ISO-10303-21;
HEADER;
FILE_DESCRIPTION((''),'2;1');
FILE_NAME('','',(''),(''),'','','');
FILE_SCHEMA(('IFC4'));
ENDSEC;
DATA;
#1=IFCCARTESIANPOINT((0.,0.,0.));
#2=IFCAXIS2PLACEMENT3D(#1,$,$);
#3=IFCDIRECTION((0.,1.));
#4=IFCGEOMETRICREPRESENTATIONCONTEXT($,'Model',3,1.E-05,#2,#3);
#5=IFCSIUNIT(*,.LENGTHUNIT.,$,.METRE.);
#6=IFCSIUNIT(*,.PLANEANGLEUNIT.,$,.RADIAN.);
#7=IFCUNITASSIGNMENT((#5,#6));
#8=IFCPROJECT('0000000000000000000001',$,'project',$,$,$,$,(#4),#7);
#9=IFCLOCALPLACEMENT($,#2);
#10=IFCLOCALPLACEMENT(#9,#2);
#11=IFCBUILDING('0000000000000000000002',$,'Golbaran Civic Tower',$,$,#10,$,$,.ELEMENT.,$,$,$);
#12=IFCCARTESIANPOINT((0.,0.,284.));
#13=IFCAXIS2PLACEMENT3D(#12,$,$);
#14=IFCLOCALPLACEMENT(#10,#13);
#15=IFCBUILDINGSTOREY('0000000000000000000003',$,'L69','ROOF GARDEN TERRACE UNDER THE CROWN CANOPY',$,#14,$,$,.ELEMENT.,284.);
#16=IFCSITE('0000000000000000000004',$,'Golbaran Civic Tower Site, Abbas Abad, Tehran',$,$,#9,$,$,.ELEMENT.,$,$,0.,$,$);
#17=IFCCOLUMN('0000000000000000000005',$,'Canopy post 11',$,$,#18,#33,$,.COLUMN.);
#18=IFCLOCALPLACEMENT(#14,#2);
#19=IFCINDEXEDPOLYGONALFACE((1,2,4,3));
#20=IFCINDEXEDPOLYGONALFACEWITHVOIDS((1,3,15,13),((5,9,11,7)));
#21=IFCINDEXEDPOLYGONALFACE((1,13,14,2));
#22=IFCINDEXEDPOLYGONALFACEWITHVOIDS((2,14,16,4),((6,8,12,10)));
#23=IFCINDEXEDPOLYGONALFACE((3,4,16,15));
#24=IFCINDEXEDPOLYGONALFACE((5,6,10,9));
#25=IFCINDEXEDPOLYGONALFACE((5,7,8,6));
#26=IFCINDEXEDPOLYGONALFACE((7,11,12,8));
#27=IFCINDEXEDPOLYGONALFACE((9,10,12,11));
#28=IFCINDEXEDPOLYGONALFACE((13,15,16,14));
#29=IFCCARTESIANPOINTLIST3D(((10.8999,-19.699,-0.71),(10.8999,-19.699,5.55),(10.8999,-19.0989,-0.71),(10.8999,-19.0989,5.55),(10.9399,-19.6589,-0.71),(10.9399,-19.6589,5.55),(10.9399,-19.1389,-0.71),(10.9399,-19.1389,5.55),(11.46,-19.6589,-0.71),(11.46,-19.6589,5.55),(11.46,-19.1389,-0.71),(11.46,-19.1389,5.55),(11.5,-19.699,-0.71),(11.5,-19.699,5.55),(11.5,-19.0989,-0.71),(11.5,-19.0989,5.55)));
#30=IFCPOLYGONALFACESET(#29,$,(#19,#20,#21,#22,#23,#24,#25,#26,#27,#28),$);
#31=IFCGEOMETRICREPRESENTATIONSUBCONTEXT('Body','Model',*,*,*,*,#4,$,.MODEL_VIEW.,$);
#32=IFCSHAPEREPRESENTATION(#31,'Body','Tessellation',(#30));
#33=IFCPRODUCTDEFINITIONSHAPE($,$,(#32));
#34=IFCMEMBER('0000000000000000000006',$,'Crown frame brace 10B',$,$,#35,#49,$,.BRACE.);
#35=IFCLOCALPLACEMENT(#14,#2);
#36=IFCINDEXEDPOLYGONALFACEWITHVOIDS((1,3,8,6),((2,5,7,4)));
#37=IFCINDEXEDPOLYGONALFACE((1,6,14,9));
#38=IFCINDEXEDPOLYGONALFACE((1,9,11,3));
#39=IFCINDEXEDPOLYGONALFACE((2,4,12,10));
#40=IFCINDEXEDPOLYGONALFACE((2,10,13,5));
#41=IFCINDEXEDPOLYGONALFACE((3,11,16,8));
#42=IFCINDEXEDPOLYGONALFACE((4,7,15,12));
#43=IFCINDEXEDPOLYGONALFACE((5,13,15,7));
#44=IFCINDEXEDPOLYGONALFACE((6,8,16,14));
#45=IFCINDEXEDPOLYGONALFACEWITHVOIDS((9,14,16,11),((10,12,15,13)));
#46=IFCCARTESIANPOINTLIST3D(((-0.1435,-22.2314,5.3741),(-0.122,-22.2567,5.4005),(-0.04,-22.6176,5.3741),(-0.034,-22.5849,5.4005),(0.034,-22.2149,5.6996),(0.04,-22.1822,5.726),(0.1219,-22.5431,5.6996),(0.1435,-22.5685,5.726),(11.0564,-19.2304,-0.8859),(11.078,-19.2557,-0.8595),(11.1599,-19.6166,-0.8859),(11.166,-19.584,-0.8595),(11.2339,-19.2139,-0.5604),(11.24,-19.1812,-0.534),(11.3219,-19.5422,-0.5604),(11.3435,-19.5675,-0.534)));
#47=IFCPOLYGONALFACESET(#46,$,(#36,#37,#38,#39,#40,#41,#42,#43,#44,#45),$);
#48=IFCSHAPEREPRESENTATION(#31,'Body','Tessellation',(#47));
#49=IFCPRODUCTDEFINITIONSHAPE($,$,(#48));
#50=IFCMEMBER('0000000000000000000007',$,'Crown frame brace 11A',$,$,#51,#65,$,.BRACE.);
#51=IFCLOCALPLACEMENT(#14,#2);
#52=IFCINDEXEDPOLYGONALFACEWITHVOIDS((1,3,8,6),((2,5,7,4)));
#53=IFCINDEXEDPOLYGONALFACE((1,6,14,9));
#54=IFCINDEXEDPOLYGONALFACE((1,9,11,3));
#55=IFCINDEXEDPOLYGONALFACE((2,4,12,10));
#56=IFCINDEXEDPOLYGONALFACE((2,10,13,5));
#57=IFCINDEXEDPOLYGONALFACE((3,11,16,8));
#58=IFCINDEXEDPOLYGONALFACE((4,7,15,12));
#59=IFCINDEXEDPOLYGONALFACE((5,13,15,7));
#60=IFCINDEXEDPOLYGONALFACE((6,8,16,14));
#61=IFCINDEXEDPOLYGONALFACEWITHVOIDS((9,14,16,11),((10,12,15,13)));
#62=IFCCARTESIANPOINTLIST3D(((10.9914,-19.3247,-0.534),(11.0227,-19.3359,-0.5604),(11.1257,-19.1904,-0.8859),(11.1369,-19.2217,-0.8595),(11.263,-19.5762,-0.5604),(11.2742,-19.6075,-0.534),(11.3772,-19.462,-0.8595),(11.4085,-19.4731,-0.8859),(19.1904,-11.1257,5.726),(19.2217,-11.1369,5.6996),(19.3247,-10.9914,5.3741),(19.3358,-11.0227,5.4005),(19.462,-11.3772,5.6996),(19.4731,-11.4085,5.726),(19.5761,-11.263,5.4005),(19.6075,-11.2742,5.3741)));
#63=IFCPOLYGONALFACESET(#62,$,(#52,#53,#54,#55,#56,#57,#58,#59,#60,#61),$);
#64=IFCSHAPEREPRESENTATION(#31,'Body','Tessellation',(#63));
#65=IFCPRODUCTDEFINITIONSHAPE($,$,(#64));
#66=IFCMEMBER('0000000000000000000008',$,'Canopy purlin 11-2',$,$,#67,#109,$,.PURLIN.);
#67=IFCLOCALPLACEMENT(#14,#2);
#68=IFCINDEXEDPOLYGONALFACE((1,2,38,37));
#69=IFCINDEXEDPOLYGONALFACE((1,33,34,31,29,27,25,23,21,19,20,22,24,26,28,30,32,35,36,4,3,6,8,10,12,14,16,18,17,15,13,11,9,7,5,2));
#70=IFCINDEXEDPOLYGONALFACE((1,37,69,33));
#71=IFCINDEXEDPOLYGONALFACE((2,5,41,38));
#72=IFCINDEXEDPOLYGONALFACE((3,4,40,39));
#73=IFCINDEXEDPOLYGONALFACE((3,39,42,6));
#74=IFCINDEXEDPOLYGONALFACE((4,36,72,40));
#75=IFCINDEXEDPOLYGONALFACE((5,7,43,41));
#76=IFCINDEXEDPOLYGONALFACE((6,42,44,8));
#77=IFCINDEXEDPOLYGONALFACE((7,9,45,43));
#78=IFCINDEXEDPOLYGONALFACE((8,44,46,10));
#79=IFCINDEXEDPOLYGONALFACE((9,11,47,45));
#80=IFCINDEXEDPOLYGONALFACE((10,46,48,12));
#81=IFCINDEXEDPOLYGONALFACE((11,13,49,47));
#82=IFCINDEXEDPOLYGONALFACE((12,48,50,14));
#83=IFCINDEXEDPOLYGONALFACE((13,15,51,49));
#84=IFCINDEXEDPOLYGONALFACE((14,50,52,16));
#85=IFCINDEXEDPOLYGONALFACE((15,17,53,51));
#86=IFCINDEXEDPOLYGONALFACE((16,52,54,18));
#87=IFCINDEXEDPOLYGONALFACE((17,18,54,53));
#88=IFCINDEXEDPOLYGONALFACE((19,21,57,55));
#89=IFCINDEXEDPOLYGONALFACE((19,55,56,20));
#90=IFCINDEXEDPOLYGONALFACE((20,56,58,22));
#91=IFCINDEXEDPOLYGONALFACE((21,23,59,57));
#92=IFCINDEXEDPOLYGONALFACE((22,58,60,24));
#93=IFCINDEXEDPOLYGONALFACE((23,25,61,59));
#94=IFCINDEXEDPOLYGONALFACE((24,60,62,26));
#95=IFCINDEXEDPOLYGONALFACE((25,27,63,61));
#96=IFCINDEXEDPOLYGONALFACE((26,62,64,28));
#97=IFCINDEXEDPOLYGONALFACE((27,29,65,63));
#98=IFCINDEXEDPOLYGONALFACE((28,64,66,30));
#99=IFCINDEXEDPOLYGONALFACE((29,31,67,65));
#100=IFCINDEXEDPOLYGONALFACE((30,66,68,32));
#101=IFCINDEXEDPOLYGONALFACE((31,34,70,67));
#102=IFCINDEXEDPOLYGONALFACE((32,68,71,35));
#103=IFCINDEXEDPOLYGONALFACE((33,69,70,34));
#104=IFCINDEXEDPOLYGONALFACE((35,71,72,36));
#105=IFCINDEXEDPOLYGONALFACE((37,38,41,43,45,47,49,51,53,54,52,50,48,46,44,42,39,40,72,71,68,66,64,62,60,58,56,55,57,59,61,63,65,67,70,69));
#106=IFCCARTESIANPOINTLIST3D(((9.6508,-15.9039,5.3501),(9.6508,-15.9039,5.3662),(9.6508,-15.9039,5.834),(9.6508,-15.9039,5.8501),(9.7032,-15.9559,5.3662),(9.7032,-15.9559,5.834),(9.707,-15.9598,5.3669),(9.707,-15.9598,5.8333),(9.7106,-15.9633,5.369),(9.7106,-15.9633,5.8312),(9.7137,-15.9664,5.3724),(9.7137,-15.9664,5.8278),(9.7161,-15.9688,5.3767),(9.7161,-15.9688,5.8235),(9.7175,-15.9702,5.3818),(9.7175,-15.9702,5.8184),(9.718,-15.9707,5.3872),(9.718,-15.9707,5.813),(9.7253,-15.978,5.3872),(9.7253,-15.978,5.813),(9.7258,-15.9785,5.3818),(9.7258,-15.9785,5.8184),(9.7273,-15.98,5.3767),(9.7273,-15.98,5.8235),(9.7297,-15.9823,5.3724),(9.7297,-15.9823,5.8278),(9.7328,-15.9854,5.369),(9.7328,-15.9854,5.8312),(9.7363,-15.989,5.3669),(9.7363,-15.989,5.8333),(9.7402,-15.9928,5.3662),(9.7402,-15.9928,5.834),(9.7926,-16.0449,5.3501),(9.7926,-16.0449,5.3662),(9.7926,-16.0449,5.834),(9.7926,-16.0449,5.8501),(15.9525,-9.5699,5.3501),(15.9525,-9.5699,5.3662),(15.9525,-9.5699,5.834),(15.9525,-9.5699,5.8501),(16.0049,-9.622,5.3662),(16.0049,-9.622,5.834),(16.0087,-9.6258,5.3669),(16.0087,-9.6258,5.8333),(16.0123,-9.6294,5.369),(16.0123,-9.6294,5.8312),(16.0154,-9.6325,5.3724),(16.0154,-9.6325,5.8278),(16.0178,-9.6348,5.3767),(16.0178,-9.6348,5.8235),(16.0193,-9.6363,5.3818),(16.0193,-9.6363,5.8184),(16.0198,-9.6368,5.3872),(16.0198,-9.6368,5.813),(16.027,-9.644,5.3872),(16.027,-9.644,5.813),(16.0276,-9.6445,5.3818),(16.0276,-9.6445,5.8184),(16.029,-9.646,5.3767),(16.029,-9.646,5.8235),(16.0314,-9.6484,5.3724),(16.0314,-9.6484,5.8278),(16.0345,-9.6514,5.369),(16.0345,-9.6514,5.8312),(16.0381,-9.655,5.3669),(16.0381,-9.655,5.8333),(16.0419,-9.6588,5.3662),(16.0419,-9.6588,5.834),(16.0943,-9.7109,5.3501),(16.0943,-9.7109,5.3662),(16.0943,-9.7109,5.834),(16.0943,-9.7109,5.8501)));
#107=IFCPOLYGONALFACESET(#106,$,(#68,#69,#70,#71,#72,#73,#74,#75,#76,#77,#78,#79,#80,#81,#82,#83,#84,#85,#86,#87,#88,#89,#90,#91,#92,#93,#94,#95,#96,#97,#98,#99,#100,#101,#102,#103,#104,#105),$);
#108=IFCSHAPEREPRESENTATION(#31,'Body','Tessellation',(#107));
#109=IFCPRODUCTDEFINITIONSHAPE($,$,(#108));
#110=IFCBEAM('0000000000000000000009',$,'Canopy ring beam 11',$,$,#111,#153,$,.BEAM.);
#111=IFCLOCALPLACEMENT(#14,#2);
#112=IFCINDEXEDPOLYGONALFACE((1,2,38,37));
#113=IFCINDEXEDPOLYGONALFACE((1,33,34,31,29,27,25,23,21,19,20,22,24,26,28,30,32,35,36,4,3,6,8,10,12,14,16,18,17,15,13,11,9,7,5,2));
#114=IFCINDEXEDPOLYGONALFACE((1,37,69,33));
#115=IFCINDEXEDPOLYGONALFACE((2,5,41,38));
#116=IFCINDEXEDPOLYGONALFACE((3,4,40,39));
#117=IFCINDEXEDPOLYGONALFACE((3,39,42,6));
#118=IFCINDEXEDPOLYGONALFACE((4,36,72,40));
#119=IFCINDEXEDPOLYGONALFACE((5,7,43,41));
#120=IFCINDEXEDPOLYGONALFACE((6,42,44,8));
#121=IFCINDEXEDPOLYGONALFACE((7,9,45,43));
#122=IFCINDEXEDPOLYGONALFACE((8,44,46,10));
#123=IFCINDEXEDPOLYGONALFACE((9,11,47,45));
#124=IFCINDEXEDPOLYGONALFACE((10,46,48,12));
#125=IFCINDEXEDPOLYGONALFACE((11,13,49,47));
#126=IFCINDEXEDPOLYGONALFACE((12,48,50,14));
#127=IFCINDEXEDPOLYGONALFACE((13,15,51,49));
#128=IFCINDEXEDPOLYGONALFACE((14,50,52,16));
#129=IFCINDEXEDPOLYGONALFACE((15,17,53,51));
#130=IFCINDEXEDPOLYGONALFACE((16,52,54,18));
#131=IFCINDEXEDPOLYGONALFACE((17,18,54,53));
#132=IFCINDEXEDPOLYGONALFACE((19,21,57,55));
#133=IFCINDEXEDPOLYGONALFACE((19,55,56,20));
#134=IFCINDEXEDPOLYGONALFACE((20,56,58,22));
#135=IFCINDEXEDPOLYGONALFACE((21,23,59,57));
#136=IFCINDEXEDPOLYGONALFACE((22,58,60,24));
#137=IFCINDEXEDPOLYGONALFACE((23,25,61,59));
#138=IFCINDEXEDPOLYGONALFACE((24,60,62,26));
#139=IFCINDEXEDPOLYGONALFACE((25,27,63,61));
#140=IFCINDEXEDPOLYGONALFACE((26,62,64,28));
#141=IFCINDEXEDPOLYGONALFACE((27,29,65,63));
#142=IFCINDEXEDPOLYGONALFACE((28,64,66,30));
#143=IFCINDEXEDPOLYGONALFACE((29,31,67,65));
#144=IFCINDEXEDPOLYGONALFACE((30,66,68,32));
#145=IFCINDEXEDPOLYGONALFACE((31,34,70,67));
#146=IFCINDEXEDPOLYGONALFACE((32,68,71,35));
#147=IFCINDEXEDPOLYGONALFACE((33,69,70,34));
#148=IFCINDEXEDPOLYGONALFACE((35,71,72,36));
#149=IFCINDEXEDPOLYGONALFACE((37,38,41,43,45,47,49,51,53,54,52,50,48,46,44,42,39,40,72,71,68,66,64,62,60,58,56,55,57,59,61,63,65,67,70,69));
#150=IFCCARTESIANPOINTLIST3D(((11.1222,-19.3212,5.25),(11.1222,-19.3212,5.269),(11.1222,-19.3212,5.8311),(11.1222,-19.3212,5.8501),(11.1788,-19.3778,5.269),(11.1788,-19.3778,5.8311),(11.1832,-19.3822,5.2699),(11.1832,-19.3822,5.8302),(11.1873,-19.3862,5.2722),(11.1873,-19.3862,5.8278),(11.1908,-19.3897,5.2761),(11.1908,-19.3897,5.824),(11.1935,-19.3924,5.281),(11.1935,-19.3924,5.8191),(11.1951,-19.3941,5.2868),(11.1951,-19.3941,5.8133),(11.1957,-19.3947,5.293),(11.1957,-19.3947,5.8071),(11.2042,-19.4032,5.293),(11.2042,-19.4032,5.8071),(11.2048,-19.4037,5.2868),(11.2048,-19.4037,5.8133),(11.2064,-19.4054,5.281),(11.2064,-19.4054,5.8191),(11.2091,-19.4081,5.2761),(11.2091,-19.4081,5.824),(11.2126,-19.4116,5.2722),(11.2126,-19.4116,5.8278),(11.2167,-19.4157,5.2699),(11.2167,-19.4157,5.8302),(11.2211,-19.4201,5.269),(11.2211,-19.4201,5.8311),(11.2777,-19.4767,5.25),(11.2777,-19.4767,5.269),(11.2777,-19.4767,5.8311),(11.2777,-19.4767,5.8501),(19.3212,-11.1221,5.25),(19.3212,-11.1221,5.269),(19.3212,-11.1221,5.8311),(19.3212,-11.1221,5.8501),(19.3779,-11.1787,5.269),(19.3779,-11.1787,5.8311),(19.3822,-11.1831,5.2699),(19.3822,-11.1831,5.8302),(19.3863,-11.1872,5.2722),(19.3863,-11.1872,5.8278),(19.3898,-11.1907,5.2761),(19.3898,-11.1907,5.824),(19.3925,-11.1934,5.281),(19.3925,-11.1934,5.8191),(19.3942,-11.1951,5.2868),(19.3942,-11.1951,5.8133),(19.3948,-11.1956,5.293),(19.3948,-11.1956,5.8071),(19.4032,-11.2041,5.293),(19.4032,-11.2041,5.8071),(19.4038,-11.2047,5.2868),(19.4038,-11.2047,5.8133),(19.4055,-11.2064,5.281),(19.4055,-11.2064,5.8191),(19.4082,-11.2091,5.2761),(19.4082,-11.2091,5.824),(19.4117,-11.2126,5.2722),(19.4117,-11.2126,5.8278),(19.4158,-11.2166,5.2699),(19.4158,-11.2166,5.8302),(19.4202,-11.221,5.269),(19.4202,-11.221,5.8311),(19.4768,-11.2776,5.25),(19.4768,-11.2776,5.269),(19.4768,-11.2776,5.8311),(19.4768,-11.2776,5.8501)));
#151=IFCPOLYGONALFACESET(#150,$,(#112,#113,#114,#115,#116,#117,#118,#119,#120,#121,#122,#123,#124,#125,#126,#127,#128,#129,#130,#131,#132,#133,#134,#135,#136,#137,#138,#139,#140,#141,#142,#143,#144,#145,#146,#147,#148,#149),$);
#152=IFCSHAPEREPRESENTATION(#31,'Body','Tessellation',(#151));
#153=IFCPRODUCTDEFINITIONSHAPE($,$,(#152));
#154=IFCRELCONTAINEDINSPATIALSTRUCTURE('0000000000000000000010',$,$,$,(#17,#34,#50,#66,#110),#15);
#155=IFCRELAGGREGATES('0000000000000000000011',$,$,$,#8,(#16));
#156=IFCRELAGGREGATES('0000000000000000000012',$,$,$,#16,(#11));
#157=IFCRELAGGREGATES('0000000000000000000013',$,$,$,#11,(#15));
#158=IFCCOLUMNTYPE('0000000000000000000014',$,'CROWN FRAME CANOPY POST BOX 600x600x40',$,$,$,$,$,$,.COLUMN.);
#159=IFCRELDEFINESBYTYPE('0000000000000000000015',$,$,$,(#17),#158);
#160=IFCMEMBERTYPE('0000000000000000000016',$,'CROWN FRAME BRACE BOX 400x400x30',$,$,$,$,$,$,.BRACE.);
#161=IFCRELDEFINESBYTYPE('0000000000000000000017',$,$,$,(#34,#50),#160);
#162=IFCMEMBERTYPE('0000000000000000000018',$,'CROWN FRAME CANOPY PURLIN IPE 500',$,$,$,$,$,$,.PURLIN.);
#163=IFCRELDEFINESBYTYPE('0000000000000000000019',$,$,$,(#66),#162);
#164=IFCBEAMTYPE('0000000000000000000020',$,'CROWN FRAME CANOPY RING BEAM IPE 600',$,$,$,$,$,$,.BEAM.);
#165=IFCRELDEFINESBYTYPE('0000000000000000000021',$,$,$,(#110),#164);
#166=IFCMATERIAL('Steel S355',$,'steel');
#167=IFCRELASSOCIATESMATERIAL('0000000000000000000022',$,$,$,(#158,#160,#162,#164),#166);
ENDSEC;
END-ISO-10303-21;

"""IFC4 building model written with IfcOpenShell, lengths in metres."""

from ifc_helpers import new_model, si_unit, direction, frame, origin, origin_2d, place, context, subcontext, project, spatial, hollow_rectangle, i_section, extrude, material, material_profile, profile_set, type_object, element, save


model = new_model("IFC4")

# Units and contexts
model_context = context("Model", 3, precision=1e-05, world=origin(), true_north=direction((0.0, 1.0)))
body_context = subcontext(model_context, "Body", "Model", "MODEL_VIEW")
ifc_project = project(units=[si_unit("LENGTHUNIT", "METRE"), si_unit("PLANEANGLEUNIT", "RADIAN")], contexts=[model_context])

# Site, building, storey
site_placement = place(None, origin())
site = spatial("IfcSite", under=ifc_project, at=site_placement, Name="Golbaran Civic Tower Site, Abbas Abad, Tehran", CompositionType="ELEMENT", RefElevation=0.0)
building_placement = place(site_placement, origin())
building = spatial("IfcBuilding", under=site, at=building_placement, Name="Golbaran Civic Tower", CompositionType="ELEMENT")
storey_placement = place(building_placement, frame((0.0, 0.0, 284.0)))
storey = spatial("IfcBuildingStorey", under=building, at=storey_placement, Name="L69", Description="ROOF GARDEN TERRACE UNDER THE CROWN CANOPY", CompositionType="ELEMENT", Elevation=284.0)

# Column
ifc_material_1 = material(Name="Steel S355", Category="steel")
ifc_material_profile_1 = material_profile(ifc_material_1, hollow_rectangle(XDim=0.6001, YDim=0.6001, WallThickness=0.04, at=origin_2d()), Name="BOX 600x600x40")
ifc_profile_set_1 = profile_set([ifc_material_profile_1], Name="Steel S355")
column_type = type_object("IfcColumnType", Name="CROWN FRAME CANOPY POST BOX 600x600x40", PredefinedType="COLUMN", material=ifc_profile_set_1)
column_placement = place(storey_placement, frame((11.2, -19.3989, -0.71), z_axis=(0.0, 0.0, 1.0), x_axis=(1.0, 0.0, 0.0)))
element("IfcColumn", 1, at=column_placement, inside=storey, type_object=column_type, Name="Canopy post 11", PredefinedType="COLUMN", context=body_context, shape_type="SweptSolid", body=[
    extrude(hollow_rectangle(XDim=0.6001, YDim=0.6001, WallThickness=0.04, at=origin_2d()), origin(), (0.0, 0.0, 1.0), 6.26),
])

# Members
ifc_material_profile_2 = material_profile(ifc_material_1, hollow_rectangle(XDim=0.3999, YDim=0.3999, WallThickness=0.03, at=origin_2d()), Name="BOX 400x400x30")
ifc_profile_set_2 = profile_set([ifc_material_profile_2], Name="Steel S355")
member_type_1 = type_object("IfcMemberType", Name="CROWN FRAME BRACE BOX 400x400x30", PredefinedType="BRACE", material=ifc_profile_set_2)
for number, where, z_axis, x_axis, name in (
    (2, (11.2, -19.3989, -0.71), (-0.849964, -0.227744, 0.475072), (0.258816, -0.965927, 0.0), "Crown frame brace 10B"),
    (3, (11.2, -19.3989, -0.71), (0.622217, 0.622217, 0.47507), (-0.707107, 0.707107, 0.0), "Crown frame brace 11A"),
):
    element("IfcMember", number, at=place(storey_placement, frame(where, z_axis=z_axis, x_axis=x_axis)), inside=storey, type_object=member_type_1, Name=name, PredefinedType="BRACE", context=body_context, shape_type="SweptSolid", body=[
        extrude(hollow_rectangle(XDim=0.3999, YDim=0.3999, WallThickness=0.03, at=origin_2d()), origin(), (0.0, 0.0, 1.0), 13.177),
    ])
ifc_material_profile_3 = material_profile(ifc_material_1, i_section(OverallWidth=0.2, OverallDepth=0.5, WebThickness=0.0103, FlangeThickness=0.0161, FilletRadius=0.021, at=origin_2d()), Name="IPE 500")
ifc_profile_set_3 = profile_set([ifc_material_profile_3], Name="Steel S355")
member_type_2 = type_object("IfcMemberType", Name="CROWN FRAME CANOPY PURLIN IPE 500", PredefinedType="PURLIN", material=ifc_profile_set_3)
member_1_placement = place(storey_placement, frame((9.7217, -15.9744, 5.6001), z_axis=(0.705301, 0.708908, 0.0), x_axis=(-0.708908, 0.705301, 0.0)))
element("IfcMember", 4, at=member_1_placement, inside=storey, type_object=member_type_2, Name="Canopy purlin 11-2", PredefinedType="PURLIN", context=body_context, shape_type="SweptSolid", body=[
    extrude(i_section(OverallWidth=0.2, OverallDepth=0.5, WebThickness=0.0103, FlangeThickness=0.0161, FilletRadius=0.021, at=origin_2d()), origin(), (0.0, 0.0, 1.0), 8.9348),
])

# Beam
ifc_material_profile_4 = material_profile(ifc_material_1, i_section(OverallWidth=0.22, OverallDepth=0.6001, WebThickness=0.012, FlangeThickness=0.019, FilletRadius=0.0239, at=origin_2d()), Name="IPE 600")
ifc_profile_set_4 = profile_set([ifc_material_profile_4], Name="Steel S355")
beam_type_1 = type_object("IfcBeamType", Name="CROWN FRAME CANOPY RING BEAM IPE 600", PredefinedType="BEAM", material=ifc_profile_set_4)
beam_1_placement = place(storey_placement, frame((11.2, -19.3989, 5.55), z_axis=(0.707107, 0.707107, 0.0), x_axis=(-0.707107, 0.707107, 0.0)))
element("IfcBeam", 5, at=beam_1_placement, inside=storey, type_object=beam_type_1, Name="Canopy ring beam 11", PredefinedType="BEAM", context=body_context, shape_type="SweptSolid", body=[
    extrude(i_section(OverallWidth=0.22, OverallDepth=0.6001, WebThickness=0.012, FlangeThickness=0.019, FilletRadius=0.0239, at=origin_2d()), origin(), (0.0, 0.0, 1.0), 11.5952),
])

save(model, "model.ifc")
